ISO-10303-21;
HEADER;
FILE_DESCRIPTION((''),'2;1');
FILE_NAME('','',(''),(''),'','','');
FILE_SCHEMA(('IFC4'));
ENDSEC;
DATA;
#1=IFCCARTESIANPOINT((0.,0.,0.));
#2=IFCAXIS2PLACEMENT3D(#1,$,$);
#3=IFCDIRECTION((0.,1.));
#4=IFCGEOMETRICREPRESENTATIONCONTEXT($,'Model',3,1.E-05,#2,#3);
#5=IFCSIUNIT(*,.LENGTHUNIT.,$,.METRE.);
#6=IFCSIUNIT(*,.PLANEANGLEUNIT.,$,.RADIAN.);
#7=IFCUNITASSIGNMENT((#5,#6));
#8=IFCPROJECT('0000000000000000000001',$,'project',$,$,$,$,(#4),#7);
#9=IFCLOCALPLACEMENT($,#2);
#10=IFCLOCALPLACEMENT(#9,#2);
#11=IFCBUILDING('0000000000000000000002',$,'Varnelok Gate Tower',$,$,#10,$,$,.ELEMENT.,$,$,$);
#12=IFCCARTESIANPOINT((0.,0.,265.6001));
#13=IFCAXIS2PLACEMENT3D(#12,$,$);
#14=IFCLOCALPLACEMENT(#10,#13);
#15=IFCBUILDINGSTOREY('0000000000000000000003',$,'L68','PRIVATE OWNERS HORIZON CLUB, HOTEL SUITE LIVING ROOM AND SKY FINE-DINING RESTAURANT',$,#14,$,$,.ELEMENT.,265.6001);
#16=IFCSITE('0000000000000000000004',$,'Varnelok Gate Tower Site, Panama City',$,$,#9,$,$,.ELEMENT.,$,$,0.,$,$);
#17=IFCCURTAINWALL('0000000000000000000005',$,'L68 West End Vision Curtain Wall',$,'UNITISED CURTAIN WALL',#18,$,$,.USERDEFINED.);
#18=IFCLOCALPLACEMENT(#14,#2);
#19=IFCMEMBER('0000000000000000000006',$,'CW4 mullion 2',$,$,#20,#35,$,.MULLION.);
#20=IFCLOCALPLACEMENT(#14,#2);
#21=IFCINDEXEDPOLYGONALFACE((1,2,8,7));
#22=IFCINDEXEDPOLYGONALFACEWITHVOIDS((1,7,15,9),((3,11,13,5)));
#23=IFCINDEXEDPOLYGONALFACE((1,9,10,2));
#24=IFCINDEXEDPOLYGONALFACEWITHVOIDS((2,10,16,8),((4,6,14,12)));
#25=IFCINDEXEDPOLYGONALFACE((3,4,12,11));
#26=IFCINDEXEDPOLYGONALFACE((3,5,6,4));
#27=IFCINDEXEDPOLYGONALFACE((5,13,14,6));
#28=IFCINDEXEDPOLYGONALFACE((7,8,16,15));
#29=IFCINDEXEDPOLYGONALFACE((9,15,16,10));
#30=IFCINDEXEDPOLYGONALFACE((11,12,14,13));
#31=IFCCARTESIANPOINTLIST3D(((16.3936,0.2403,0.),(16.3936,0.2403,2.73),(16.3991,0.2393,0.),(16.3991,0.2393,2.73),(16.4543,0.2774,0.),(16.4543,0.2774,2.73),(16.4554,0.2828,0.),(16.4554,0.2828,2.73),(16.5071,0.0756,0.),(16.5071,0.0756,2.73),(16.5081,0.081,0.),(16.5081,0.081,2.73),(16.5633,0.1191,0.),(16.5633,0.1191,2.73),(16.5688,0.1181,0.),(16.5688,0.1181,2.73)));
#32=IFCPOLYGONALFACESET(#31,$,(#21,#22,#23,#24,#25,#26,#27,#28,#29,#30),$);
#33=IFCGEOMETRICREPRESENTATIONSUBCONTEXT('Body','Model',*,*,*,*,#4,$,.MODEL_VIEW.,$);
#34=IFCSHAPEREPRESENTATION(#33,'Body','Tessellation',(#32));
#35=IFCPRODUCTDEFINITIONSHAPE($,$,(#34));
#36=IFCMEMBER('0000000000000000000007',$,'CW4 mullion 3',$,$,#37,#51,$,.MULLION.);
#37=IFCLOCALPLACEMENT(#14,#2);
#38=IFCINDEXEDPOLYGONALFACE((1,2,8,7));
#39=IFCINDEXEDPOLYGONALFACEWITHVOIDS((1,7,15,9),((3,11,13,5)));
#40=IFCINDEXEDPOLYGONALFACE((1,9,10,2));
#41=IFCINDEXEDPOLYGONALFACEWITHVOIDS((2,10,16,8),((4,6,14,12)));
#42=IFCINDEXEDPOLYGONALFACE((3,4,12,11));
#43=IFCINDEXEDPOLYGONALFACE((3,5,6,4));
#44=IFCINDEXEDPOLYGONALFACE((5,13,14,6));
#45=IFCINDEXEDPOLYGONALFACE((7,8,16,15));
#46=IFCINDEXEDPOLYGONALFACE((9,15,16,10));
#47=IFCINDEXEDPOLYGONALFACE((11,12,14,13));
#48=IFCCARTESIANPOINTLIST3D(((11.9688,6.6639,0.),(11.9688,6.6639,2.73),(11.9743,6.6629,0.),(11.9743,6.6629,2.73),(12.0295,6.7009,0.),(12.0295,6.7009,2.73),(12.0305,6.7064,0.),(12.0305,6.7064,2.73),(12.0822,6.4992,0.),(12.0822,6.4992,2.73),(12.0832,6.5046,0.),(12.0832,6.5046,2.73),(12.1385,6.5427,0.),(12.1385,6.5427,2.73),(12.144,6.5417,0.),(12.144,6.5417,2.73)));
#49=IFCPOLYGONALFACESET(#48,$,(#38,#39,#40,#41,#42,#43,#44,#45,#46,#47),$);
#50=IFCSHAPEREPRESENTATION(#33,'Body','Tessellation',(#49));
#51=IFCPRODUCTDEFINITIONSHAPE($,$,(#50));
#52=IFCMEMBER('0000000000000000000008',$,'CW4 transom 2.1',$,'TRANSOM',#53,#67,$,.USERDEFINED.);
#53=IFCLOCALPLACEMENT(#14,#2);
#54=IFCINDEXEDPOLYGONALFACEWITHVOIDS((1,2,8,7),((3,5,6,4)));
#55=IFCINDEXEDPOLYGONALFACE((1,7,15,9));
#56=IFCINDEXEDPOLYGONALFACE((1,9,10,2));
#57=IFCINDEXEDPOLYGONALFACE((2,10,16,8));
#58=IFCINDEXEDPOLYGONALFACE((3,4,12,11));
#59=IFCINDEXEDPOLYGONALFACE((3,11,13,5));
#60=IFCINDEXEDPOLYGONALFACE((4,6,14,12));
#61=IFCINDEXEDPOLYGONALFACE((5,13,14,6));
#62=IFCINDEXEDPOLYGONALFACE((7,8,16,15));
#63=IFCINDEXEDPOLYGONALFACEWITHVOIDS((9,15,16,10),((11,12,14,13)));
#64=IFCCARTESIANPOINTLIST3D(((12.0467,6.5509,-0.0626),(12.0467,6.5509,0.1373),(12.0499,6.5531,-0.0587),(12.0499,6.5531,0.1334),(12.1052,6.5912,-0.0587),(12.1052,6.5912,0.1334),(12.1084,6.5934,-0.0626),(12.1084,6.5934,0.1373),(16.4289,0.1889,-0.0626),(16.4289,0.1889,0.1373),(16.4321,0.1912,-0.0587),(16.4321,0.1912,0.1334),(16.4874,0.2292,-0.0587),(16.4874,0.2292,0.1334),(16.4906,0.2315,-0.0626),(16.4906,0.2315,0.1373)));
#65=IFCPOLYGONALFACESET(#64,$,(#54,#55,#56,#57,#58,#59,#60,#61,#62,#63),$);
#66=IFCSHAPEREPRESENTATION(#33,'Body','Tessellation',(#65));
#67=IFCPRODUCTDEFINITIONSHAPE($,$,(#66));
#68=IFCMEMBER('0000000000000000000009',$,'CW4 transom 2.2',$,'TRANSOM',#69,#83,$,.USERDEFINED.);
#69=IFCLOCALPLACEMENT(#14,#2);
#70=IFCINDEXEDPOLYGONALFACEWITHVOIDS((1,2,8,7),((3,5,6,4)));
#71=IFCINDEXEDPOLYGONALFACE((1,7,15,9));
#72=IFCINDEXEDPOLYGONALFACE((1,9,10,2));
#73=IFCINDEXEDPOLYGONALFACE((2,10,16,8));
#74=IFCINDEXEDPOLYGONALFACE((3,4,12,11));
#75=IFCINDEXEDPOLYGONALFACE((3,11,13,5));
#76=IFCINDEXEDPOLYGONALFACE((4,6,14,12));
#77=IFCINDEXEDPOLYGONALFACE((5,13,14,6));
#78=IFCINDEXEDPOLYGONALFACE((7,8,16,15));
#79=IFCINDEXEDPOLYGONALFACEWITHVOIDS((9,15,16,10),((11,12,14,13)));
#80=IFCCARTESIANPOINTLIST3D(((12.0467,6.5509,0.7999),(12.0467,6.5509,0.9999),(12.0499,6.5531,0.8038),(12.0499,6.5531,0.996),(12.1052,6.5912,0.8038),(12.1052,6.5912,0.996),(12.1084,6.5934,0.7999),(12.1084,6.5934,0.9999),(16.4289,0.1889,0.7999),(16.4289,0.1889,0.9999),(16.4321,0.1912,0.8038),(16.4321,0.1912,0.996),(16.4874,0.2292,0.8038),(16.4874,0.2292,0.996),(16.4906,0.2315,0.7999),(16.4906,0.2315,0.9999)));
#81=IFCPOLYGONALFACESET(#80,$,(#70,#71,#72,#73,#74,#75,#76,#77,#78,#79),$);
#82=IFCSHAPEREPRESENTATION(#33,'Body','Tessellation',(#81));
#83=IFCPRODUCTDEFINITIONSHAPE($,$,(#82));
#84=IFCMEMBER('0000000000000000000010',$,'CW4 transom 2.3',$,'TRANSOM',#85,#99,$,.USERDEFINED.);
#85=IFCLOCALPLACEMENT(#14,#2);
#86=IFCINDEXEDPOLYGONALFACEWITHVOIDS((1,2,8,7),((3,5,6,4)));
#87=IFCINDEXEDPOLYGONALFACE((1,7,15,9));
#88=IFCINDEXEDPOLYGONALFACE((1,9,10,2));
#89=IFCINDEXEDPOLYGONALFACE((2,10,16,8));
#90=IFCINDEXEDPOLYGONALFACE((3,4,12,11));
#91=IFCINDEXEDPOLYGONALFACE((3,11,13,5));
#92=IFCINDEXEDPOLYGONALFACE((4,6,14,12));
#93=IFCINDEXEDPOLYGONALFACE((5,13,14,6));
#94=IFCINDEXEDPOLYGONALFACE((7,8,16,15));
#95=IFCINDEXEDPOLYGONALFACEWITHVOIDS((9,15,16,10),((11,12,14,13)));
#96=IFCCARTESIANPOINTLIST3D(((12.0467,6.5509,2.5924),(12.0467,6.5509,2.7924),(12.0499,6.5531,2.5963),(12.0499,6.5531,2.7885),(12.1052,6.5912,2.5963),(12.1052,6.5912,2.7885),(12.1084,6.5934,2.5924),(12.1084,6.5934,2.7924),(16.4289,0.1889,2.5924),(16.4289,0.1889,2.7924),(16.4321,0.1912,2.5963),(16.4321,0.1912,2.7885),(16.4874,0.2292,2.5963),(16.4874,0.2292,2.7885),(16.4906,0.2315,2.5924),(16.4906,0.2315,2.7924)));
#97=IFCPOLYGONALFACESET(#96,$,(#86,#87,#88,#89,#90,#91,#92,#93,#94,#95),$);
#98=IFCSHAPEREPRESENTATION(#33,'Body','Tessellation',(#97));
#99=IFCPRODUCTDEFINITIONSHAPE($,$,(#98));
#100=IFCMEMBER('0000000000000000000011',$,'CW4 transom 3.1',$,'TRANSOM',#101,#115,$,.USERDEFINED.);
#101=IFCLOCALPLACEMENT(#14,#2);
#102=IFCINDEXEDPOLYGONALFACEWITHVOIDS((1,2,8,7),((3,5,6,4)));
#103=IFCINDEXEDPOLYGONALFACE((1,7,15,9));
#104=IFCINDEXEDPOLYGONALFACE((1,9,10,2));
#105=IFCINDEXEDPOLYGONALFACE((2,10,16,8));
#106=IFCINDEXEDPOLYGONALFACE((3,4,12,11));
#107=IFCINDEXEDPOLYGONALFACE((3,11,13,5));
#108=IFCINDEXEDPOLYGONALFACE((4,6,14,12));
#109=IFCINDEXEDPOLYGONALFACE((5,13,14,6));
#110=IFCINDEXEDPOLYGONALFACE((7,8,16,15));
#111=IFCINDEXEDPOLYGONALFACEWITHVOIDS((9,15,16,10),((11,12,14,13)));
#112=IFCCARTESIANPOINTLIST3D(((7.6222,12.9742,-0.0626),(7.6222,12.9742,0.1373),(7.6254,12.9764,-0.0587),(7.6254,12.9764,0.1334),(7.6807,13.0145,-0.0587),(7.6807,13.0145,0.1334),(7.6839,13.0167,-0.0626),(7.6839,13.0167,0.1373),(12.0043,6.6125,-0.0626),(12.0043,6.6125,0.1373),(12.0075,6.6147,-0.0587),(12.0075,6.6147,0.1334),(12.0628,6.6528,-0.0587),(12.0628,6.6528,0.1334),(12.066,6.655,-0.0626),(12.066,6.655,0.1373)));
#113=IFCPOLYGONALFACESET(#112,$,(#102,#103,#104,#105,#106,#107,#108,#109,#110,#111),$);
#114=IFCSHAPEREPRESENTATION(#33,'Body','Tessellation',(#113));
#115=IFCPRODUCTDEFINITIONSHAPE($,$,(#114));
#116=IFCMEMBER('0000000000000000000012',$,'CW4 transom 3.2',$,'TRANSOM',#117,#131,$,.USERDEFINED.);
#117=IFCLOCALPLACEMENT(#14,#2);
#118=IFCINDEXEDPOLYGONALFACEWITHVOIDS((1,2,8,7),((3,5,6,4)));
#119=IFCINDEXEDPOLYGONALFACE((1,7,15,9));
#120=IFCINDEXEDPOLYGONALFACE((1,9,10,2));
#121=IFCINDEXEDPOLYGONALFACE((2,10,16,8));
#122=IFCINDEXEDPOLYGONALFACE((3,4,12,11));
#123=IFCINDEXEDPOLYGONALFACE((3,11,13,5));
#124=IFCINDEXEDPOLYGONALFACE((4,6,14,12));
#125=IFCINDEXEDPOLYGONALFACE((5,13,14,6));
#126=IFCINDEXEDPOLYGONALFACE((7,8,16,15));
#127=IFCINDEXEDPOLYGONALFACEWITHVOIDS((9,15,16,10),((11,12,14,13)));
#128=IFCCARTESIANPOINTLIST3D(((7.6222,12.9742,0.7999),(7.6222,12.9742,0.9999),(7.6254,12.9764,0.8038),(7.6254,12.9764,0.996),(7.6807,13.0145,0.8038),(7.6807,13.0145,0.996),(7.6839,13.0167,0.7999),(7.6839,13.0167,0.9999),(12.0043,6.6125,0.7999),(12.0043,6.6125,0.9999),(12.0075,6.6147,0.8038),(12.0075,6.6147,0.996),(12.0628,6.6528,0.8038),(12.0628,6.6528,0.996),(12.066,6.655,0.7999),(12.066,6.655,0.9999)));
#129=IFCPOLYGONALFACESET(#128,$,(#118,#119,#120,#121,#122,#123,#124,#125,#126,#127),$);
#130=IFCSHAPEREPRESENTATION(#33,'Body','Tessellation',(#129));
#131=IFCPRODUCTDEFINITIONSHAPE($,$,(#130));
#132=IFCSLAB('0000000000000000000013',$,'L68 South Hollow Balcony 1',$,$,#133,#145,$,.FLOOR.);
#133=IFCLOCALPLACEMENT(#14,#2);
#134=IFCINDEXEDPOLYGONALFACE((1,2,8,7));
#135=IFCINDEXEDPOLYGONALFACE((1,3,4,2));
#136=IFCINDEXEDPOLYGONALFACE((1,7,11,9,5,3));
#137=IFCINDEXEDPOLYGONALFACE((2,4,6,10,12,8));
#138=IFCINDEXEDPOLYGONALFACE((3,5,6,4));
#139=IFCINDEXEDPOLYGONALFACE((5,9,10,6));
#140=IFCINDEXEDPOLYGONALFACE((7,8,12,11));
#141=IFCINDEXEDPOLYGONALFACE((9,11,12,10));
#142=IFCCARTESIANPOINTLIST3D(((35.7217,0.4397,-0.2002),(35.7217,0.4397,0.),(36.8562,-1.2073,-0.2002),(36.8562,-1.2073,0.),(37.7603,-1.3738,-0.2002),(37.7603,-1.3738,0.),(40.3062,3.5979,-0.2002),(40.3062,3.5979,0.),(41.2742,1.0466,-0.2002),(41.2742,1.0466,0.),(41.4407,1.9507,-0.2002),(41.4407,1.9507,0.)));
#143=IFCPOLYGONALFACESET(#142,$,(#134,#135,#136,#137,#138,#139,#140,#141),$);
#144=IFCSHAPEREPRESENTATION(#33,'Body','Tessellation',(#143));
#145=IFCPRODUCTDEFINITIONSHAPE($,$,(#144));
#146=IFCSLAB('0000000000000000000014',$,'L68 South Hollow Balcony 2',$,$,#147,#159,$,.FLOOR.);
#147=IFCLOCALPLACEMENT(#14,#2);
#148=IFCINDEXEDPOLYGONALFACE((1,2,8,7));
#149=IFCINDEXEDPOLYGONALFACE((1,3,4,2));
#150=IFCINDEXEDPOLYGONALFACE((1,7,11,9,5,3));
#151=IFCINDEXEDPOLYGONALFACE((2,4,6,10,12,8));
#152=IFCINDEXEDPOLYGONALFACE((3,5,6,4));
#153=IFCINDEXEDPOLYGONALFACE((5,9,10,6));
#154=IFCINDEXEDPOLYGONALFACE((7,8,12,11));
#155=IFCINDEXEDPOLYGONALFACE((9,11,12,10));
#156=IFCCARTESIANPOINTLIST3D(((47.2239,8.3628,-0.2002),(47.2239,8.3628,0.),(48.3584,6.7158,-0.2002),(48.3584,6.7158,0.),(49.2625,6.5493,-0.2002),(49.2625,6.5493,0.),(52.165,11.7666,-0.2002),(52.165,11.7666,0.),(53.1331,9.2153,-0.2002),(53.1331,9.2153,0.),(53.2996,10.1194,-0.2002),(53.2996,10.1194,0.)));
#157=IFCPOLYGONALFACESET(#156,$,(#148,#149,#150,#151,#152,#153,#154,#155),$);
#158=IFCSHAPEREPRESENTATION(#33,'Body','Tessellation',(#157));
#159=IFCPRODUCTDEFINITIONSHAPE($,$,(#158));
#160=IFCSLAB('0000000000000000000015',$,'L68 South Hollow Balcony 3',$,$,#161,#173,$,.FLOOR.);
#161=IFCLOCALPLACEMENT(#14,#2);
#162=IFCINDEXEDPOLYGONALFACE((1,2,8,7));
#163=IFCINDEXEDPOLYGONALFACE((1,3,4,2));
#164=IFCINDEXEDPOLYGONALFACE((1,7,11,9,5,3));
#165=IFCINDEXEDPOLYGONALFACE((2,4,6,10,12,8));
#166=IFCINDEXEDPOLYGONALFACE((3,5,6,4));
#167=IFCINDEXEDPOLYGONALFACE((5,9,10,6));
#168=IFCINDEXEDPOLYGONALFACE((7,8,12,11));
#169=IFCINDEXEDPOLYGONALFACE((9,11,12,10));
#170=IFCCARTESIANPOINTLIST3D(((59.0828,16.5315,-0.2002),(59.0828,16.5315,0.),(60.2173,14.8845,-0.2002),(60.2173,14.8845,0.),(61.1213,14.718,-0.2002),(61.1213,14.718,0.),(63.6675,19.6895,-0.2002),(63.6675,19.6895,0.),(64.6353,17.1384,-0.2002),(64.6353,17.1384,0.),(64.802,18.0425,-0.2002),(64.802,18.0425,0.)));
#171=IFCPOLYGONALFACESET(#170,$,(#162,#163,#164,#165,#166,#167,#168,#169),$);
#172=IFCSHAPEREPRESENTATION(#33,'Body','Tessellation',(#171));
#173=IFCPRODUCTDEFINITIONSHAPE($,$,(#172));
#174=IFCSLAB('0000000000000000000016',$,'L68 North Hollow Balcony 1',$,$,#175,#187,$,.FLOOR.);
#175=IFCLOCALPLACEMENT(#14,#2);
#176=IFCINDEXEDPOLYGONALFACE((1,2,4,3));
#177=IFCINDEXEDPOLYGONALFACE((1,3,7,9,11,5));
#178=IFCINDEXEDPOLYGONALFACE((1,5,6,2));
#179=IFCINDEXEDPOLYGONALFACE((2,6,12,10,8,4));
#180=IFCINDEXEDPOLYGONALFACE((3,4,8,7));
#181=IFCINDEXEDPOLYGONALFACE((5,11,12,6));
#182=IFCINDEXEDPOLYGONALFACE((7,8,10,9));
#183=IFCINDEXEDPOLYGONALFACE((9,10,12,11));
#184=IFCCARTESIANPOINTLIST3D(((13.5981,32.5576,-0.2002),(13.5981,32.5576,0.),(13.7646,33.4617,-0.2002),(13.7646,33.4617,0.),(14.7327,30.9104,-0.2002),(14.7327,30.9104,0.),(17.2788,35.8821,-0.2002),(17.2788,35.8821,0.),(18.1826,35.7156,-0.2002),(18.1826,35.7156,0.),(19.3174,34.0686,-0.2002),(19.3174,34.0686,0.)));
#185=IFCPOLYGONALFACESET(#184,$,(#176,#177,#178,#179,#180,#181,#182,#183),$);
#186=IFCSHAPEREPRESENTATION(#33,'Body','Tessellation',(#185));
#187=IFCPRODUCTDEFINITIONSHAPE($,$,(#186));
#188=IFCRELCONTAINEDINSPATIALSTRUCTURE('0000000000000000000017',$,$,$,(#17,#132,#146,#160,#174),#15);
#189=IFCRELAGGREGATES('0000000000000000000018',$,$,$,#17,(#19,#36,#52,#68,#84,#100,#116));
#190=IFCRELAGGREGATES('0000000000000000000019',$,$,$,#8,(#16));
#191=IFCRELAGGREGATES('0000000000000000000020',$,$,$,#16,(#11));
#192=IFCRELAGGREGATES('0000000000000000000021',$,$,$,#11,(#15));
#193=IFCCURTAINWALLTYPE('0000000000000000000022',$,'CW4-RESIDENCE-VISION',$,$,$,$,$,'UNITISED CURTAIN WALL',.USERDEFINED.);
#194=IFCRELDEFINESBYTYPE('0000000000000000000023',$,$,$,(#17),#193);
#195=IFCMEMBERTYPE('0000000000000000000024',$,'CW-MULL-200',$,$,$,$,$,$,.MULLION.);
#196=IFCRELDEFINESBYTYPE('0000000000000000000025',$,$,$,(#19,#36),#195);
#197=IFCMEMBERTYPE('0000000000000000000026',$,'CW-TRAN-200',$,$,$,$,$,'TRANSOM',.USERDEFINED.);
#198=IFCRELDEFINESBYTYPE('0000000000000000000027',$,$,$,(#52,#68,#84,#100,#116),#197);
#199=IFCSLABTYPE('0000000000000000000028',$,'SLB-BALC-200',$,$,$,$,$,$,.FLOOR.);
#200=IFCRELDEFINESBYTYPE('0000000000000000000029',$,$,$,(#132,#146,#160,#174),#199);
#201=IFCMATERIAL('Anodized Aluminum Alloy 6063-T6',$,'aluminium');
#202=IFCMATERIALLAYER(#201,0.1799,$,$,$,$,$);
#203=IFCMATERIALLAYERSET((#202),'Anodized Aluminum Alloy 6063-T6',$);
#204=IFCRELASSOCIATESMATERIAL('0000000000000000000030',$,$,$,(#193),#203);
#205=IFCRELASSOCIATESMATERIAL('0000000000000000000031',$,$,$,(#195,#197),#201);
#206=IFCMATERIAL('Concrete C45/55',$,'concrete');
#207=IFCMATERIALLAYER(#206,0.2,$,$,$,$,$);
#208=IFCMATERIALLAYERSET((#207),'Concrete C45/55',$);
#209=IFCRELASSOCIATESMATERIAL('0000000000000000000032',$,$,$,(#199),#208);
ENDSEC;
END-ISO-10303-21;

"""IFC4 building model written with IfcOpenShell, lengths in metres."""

from ifc_helpers import new_model, si_unit, direction, frame, origin, origin_2d, place, context, subcontext, project, spatial, polyline, hollow_rectangle, outline, extrude, material, layer, layer_set, material_profile, profile_set, type_object, element, aggregate, save


model = new_model("IFC4")

# Units and contexts
model_context = context("Model", 3, precision=1e-05, world=origin(), true_north=direction((0.0, 1.0)))
body_context = subcontext(model_context, "Body", "Model", "MODEL_VIEW")
ifc_project = project(units=[si_unit("LENGTHUNIT", "METRE"), si_unit("PLANEANGLEUNIT", "RADIAN")], contexts=[model_context])

# Site, building, storey
site_placement = place(None, origin())
site = spatial("IfcSite", under=ifc_project, at=site_placement, Name="Varnelok Gate Tower Site, Panama City", CompositionType="ELEMENT", RefElevation=0.0)
building_placement = place(site_placement, origin())
building = spatial("IfcBuilding", under=site, at=building_placement, Name="Varnelok Gate Tower", CompositionType="ELEMENT")
storey_placement = place(building_placement, frame((0.0, 0.0, 265.6001)))
storey = spatial("IfcBuildingStorey", under=building, at=storey_placement, Name="L68", Description="PRIVATE OWNERS HORIZON CLUB, HOTEL SUITE LIVING ROOM AND SKY FINE-DINING RESTAURANT", CompositionType="ELEMENT", Elevation=265.6001)

# Curtain wall, members
ifc_material_1 = material(Name="Anodized Aluminum Alloy 6063-T6", Category="aluminium")
ifc_layer_1 = layer(ifc_material_1, 0.1799)
ifc_layer_set_1 = layer_set([ifc_layer_1], Name="Anodized Aluminum Alloy 6063-T6")
curtain_wall_type = type_object("IfcCurtainWallType", Name="CW4-RESIDENCE-VISION", ElementType="UNITISED CURTAIN WALL", PredefinedType="USERDEFINED", material=ifc_layer_set_1)
curtain_wall_placement = place(storey_placement, origin())
curtain_wall = element("IfcCurtainWall", 1, at=curtain_wall_placement, inside=storey, type_object=curtain_wall_type, Name="L68 West End Vision Curtain Wall", ObjectType="UNITISED CURTAIN WALL", PredefinedType="USERDEFINED")
ifc_material_profile_1 = material_profile(ifc_material_1, hollow_rectangle(XDim=0.075, YDim=0.2, WallThickness=0.0039, at=origin_2d()), Name="ALU200X75X4")
ifc_profile_set_1 = profile_set([ifc_material_profile_1], Name="Anodized Aluminum Alloy 6063-T6")
member_type_1 = type_object("IfcMemberType", Name="CW-MULL-200", PredefinedType="MULLION", material=ifc_profile_set_1)
member_1_placement = place(storey_placement, frame((16.4812, 0.1792, 0.0), z_axis=(0.0, 0.0, 1.0), x_axis=(-0.823532, -0.567269, 0.0)))
member_1 = element("IfcMember", 2, at=member_1_placement, type_object=member_type_1, Name="CW4 mullion 2", PredefinedType="MULLION", context=body_context, shape_type="SweptSolid", body=[
    extrude(hollow_rectangle(XDim=0.075, YDim=0.2, WallThickness=0.0039, at=origin_2d()), origin(), (0.0, 0.0, 1.0), 2.73),
])
member_2_placement = place(storey_placement, frame((12.0564, 6.6028, 0.0), z_axis=(0.0, 0.0, 1.0), x_axis=(-0.823532, -0.567269, 0.0)))
member_2 = element("IfcMember", 3, at=member_2_placement, type_object=member_type_1, Name="CW4 mullion 3", PredefinedType="MULLION", context=body_context, shape_type="SweptSolid", body=[
    extrude(hollow_rectangle(XDim=0.075, YDim=0.2, WallThickness=0.0039, at=origin_2d()), origin(), (0.0, 0.0, 1.0), 2.73),
])
ifc_material_profile_2 = material_profile(ifc_material_1, hollow_rectangle(XDim=0.075, YDim=0.2, WallThickness=0.0039, at=origin_2d()), Name="ALU200X75X4")
ifc_profile_set_2 = profile_set([ifc_material_profile_2], Name="Anodized Aluminum Alloy 6063-T6")
member_type_2 = type_object("IfcMemberType", Name="CW-TRAN-200", ElementType="TRANSOM", PredefinedType="USERDEFINED", material=ifc_profile_set_2)
member_3_placement = place(storey_placement, frame((16.4597, 0.2102, 0.0374), z_axis=(-0.567261, 0.823538, 0.0), x_axis=(-0.823538, -0.567261, 0.0)))
member_3 = element("IfcMember", 4, at=member_3_placement, type_object=member_type_2, Name="CW4 transom 2.1", ObjectType="TRANSOM", PredefinedType="USERDEFINED", context=body_context, shape_type="SweptSolid", body=[
    extrude(hollow_rectangle(XDim=0.075, YDim=0.2, WallThickness=0.0039, at=origin_2d()), origin(), (0.0, 0.0, 1.0), 7.7251),
])
member_4_placement = place(storey_placement, frame((16.4597, 0.2102, 0.8999), z_axis=(-0.567261, 0.823538, 0.0), x_axis=(-0.823538, -0.567261, 0.0)))
member_4 = element("IfcMember", 5, at=member_4_placement, type_object=member_type_2, Name="CW4 transom 2.2", ObjectType="TRANSOM", PredefinedType="USERDEFINED", context=body_context, shape_type="SweptSolid", body=[
    extrude(hollow_rectangle(XDim=0.075, YDim=0.2, WallThickness=0.0039, at=origin_2d()), origin(), (0.0, 0.0, 1.0), 7.7251),
])
member_5_placement = place(storey_placement, frame((16.4597, 0.2102, 2.6924), z_axis=(-0.567261, 0.823538, 0.0), x_axis=(-0.823538, -0.567261, 0.0)))
member_5 = element("IfcMember", 6, at=member_5_placement, type_object=member_type_2, Name="CW4 transom 2.3", ObjectType="TRANSOM", PredefinedType="USERDEFINED", context=body_context, shape_type="SweptSolid", body=[
    extrude(hollow_rectangle(XDim=0.075, YDim=0.2, WallThickness=0.0039, at=origin_2d()), origin(), (0.0, 0.0, 1.0), 7.7251),
])
member_6_placement = place(storey_placement, frame((12.0352, 6.6338, 0.0374), z_axis=(-0.567276, 0.823528, 0.0), x_axis=(-0.823528, -0.567276, 0.0)))
member_6 = element("IfcMember", 7, at=member_6_placement, type_object=member_type_2, Name="CW4 transom 3.1", ObjectType="TRANSOM", PredefinedType="USERDEFINED", context=body_context, shape_type="SweptSolid", body=[
    extrude(hollow_rectangle(XDim=0.075, YDim=0.2, WallThickness=0.0039, at=origin_2d()), origin(), (0.0, 0.0, 1.0), 7.7249),
])
member_7_placement = place(storey_placement, frame((12.0352, 6.6338, 0.8999), z_axis=(-0.567276, 0.823528, 0.0), x_axis=(-0.823528, -0.567276, 0.0)))
member_7 = element("IfcMember", 8, at=member_7_placement, type_object=member_type_2, Name="CW4 transom 3.2", ObjectType="TRANSOM", PredefinedType="USERDEFINED", context=body_context, shape_type="SweptSolid", body=[
    extrude(hollow_rectangle(XDim=0.075, YDim=0.2, WallThickness=0.0039, at=origin_2d()), origin(), (0.0, 0.0, 1.0), 7.7249),
])

# Slabs
ifc_material_2 = material(Name="Concrete C45/55", Category="concrete")
ifc_layer_2 = layer(ifc_material_2, 0.2)
ifc_layer_set_2 = layer_set([ifc_layer_2], Name="Concrete C45/55")
slab_type_1 = type_object("IfcSlabType", Name="SLB-BALC-200", PredefinedType="FLOOR", material=ifc_layer_set_2)
slab_1_placement = place(storey_placement, frame((0.0, 0.0, -0.2002)))
element("IfcSlab", 9, at=slab_1_placement, inside=storey, type_object=slab_type_1, Name="L68 South Hollow Balcony 1", PredefinedType="FLOOR", context=body_context, shape_type="SweptSolid", body=[
    extrude(outline(polyline([(36.8562, -1.2073), (37.7603, -1.3738), (41.2742, 1.0466), (41.4407, 1.9507), (40.3062, 3.5979), (35.7217, 0.4397), (36.8562, -1.2073)])), origin(), (0.0, 0.0, 1.0), 0.2002),
])
slab_2_placement = place(storey_placement, frame((0.0, 0.0, -0.2002)))
element("IfcSlab", 10, at=slab_2_placement, inside=storey, type_object=slab_type_1, Name="L68 South Hollow Balcony 2", PredefinedType="FLOOR", context=body_context, shape_type="SweptSolid", body=[
    extrude(outline(polyline([(48.3584, 6.7158), (49.2625, 6.5493), (53.1331, 9.2153), (53.2996, 10.1194), (52.165, 11.7666), (47.2239, 8.3628), (48.3584, 6.7158)])), origin(), (0.0, 0.0, 1.0), 0.2002),
])
slab_3_placement = place(storey_placement, frame((0.0, 0.0, -0.2002)))
element("IfcSlab", 11, at=slab_3_placement, inside=storey, type_object=slab_type_1, Name="L68 South Hollow Balcony 3", PredefinedType="FLOOR", context=body_context, shape_type="SweptSolid", body=[
    extrude(outline(polyline([(60.2173, 14.8845), (61.1213, 14.718), (64.6353, 17.1384), (64.802, 18.0425), (63.6675, 19.6895), (59.0828, 16.5315), (60.2173, 14.8845)])), origin(), (0.0, 0.0, 1.0), 0.2002),
])
slab_4_placement = place(storey_placement, frame((0.0, 0.0, -0.2002)))
element("IfcSlab", 12, at=slab_4_placement, inside=storey, type_object=slab_type_1, Name="L68 North Hollow Balcony 1", PredefinedType="FLOOR", context=body_context, shape_type="SweptSolid", body=[
    extrude(outline(polyline([(14.7327, 30.9104), (19.3174, 34.0686), (18.1826, 35.7156), (17.2788, 35.8821), (13.7646, 33.4617), (13.5981, 32.5576), (14.7327, 30.9104)])), origin(), (0.0, 0.0, 1.0), 0.2002),
])

aggregate(curtain_wall, [member_1, member_2, member_3, member_4, member_5, member_6, member_7])

save(model, "model.ifc")
